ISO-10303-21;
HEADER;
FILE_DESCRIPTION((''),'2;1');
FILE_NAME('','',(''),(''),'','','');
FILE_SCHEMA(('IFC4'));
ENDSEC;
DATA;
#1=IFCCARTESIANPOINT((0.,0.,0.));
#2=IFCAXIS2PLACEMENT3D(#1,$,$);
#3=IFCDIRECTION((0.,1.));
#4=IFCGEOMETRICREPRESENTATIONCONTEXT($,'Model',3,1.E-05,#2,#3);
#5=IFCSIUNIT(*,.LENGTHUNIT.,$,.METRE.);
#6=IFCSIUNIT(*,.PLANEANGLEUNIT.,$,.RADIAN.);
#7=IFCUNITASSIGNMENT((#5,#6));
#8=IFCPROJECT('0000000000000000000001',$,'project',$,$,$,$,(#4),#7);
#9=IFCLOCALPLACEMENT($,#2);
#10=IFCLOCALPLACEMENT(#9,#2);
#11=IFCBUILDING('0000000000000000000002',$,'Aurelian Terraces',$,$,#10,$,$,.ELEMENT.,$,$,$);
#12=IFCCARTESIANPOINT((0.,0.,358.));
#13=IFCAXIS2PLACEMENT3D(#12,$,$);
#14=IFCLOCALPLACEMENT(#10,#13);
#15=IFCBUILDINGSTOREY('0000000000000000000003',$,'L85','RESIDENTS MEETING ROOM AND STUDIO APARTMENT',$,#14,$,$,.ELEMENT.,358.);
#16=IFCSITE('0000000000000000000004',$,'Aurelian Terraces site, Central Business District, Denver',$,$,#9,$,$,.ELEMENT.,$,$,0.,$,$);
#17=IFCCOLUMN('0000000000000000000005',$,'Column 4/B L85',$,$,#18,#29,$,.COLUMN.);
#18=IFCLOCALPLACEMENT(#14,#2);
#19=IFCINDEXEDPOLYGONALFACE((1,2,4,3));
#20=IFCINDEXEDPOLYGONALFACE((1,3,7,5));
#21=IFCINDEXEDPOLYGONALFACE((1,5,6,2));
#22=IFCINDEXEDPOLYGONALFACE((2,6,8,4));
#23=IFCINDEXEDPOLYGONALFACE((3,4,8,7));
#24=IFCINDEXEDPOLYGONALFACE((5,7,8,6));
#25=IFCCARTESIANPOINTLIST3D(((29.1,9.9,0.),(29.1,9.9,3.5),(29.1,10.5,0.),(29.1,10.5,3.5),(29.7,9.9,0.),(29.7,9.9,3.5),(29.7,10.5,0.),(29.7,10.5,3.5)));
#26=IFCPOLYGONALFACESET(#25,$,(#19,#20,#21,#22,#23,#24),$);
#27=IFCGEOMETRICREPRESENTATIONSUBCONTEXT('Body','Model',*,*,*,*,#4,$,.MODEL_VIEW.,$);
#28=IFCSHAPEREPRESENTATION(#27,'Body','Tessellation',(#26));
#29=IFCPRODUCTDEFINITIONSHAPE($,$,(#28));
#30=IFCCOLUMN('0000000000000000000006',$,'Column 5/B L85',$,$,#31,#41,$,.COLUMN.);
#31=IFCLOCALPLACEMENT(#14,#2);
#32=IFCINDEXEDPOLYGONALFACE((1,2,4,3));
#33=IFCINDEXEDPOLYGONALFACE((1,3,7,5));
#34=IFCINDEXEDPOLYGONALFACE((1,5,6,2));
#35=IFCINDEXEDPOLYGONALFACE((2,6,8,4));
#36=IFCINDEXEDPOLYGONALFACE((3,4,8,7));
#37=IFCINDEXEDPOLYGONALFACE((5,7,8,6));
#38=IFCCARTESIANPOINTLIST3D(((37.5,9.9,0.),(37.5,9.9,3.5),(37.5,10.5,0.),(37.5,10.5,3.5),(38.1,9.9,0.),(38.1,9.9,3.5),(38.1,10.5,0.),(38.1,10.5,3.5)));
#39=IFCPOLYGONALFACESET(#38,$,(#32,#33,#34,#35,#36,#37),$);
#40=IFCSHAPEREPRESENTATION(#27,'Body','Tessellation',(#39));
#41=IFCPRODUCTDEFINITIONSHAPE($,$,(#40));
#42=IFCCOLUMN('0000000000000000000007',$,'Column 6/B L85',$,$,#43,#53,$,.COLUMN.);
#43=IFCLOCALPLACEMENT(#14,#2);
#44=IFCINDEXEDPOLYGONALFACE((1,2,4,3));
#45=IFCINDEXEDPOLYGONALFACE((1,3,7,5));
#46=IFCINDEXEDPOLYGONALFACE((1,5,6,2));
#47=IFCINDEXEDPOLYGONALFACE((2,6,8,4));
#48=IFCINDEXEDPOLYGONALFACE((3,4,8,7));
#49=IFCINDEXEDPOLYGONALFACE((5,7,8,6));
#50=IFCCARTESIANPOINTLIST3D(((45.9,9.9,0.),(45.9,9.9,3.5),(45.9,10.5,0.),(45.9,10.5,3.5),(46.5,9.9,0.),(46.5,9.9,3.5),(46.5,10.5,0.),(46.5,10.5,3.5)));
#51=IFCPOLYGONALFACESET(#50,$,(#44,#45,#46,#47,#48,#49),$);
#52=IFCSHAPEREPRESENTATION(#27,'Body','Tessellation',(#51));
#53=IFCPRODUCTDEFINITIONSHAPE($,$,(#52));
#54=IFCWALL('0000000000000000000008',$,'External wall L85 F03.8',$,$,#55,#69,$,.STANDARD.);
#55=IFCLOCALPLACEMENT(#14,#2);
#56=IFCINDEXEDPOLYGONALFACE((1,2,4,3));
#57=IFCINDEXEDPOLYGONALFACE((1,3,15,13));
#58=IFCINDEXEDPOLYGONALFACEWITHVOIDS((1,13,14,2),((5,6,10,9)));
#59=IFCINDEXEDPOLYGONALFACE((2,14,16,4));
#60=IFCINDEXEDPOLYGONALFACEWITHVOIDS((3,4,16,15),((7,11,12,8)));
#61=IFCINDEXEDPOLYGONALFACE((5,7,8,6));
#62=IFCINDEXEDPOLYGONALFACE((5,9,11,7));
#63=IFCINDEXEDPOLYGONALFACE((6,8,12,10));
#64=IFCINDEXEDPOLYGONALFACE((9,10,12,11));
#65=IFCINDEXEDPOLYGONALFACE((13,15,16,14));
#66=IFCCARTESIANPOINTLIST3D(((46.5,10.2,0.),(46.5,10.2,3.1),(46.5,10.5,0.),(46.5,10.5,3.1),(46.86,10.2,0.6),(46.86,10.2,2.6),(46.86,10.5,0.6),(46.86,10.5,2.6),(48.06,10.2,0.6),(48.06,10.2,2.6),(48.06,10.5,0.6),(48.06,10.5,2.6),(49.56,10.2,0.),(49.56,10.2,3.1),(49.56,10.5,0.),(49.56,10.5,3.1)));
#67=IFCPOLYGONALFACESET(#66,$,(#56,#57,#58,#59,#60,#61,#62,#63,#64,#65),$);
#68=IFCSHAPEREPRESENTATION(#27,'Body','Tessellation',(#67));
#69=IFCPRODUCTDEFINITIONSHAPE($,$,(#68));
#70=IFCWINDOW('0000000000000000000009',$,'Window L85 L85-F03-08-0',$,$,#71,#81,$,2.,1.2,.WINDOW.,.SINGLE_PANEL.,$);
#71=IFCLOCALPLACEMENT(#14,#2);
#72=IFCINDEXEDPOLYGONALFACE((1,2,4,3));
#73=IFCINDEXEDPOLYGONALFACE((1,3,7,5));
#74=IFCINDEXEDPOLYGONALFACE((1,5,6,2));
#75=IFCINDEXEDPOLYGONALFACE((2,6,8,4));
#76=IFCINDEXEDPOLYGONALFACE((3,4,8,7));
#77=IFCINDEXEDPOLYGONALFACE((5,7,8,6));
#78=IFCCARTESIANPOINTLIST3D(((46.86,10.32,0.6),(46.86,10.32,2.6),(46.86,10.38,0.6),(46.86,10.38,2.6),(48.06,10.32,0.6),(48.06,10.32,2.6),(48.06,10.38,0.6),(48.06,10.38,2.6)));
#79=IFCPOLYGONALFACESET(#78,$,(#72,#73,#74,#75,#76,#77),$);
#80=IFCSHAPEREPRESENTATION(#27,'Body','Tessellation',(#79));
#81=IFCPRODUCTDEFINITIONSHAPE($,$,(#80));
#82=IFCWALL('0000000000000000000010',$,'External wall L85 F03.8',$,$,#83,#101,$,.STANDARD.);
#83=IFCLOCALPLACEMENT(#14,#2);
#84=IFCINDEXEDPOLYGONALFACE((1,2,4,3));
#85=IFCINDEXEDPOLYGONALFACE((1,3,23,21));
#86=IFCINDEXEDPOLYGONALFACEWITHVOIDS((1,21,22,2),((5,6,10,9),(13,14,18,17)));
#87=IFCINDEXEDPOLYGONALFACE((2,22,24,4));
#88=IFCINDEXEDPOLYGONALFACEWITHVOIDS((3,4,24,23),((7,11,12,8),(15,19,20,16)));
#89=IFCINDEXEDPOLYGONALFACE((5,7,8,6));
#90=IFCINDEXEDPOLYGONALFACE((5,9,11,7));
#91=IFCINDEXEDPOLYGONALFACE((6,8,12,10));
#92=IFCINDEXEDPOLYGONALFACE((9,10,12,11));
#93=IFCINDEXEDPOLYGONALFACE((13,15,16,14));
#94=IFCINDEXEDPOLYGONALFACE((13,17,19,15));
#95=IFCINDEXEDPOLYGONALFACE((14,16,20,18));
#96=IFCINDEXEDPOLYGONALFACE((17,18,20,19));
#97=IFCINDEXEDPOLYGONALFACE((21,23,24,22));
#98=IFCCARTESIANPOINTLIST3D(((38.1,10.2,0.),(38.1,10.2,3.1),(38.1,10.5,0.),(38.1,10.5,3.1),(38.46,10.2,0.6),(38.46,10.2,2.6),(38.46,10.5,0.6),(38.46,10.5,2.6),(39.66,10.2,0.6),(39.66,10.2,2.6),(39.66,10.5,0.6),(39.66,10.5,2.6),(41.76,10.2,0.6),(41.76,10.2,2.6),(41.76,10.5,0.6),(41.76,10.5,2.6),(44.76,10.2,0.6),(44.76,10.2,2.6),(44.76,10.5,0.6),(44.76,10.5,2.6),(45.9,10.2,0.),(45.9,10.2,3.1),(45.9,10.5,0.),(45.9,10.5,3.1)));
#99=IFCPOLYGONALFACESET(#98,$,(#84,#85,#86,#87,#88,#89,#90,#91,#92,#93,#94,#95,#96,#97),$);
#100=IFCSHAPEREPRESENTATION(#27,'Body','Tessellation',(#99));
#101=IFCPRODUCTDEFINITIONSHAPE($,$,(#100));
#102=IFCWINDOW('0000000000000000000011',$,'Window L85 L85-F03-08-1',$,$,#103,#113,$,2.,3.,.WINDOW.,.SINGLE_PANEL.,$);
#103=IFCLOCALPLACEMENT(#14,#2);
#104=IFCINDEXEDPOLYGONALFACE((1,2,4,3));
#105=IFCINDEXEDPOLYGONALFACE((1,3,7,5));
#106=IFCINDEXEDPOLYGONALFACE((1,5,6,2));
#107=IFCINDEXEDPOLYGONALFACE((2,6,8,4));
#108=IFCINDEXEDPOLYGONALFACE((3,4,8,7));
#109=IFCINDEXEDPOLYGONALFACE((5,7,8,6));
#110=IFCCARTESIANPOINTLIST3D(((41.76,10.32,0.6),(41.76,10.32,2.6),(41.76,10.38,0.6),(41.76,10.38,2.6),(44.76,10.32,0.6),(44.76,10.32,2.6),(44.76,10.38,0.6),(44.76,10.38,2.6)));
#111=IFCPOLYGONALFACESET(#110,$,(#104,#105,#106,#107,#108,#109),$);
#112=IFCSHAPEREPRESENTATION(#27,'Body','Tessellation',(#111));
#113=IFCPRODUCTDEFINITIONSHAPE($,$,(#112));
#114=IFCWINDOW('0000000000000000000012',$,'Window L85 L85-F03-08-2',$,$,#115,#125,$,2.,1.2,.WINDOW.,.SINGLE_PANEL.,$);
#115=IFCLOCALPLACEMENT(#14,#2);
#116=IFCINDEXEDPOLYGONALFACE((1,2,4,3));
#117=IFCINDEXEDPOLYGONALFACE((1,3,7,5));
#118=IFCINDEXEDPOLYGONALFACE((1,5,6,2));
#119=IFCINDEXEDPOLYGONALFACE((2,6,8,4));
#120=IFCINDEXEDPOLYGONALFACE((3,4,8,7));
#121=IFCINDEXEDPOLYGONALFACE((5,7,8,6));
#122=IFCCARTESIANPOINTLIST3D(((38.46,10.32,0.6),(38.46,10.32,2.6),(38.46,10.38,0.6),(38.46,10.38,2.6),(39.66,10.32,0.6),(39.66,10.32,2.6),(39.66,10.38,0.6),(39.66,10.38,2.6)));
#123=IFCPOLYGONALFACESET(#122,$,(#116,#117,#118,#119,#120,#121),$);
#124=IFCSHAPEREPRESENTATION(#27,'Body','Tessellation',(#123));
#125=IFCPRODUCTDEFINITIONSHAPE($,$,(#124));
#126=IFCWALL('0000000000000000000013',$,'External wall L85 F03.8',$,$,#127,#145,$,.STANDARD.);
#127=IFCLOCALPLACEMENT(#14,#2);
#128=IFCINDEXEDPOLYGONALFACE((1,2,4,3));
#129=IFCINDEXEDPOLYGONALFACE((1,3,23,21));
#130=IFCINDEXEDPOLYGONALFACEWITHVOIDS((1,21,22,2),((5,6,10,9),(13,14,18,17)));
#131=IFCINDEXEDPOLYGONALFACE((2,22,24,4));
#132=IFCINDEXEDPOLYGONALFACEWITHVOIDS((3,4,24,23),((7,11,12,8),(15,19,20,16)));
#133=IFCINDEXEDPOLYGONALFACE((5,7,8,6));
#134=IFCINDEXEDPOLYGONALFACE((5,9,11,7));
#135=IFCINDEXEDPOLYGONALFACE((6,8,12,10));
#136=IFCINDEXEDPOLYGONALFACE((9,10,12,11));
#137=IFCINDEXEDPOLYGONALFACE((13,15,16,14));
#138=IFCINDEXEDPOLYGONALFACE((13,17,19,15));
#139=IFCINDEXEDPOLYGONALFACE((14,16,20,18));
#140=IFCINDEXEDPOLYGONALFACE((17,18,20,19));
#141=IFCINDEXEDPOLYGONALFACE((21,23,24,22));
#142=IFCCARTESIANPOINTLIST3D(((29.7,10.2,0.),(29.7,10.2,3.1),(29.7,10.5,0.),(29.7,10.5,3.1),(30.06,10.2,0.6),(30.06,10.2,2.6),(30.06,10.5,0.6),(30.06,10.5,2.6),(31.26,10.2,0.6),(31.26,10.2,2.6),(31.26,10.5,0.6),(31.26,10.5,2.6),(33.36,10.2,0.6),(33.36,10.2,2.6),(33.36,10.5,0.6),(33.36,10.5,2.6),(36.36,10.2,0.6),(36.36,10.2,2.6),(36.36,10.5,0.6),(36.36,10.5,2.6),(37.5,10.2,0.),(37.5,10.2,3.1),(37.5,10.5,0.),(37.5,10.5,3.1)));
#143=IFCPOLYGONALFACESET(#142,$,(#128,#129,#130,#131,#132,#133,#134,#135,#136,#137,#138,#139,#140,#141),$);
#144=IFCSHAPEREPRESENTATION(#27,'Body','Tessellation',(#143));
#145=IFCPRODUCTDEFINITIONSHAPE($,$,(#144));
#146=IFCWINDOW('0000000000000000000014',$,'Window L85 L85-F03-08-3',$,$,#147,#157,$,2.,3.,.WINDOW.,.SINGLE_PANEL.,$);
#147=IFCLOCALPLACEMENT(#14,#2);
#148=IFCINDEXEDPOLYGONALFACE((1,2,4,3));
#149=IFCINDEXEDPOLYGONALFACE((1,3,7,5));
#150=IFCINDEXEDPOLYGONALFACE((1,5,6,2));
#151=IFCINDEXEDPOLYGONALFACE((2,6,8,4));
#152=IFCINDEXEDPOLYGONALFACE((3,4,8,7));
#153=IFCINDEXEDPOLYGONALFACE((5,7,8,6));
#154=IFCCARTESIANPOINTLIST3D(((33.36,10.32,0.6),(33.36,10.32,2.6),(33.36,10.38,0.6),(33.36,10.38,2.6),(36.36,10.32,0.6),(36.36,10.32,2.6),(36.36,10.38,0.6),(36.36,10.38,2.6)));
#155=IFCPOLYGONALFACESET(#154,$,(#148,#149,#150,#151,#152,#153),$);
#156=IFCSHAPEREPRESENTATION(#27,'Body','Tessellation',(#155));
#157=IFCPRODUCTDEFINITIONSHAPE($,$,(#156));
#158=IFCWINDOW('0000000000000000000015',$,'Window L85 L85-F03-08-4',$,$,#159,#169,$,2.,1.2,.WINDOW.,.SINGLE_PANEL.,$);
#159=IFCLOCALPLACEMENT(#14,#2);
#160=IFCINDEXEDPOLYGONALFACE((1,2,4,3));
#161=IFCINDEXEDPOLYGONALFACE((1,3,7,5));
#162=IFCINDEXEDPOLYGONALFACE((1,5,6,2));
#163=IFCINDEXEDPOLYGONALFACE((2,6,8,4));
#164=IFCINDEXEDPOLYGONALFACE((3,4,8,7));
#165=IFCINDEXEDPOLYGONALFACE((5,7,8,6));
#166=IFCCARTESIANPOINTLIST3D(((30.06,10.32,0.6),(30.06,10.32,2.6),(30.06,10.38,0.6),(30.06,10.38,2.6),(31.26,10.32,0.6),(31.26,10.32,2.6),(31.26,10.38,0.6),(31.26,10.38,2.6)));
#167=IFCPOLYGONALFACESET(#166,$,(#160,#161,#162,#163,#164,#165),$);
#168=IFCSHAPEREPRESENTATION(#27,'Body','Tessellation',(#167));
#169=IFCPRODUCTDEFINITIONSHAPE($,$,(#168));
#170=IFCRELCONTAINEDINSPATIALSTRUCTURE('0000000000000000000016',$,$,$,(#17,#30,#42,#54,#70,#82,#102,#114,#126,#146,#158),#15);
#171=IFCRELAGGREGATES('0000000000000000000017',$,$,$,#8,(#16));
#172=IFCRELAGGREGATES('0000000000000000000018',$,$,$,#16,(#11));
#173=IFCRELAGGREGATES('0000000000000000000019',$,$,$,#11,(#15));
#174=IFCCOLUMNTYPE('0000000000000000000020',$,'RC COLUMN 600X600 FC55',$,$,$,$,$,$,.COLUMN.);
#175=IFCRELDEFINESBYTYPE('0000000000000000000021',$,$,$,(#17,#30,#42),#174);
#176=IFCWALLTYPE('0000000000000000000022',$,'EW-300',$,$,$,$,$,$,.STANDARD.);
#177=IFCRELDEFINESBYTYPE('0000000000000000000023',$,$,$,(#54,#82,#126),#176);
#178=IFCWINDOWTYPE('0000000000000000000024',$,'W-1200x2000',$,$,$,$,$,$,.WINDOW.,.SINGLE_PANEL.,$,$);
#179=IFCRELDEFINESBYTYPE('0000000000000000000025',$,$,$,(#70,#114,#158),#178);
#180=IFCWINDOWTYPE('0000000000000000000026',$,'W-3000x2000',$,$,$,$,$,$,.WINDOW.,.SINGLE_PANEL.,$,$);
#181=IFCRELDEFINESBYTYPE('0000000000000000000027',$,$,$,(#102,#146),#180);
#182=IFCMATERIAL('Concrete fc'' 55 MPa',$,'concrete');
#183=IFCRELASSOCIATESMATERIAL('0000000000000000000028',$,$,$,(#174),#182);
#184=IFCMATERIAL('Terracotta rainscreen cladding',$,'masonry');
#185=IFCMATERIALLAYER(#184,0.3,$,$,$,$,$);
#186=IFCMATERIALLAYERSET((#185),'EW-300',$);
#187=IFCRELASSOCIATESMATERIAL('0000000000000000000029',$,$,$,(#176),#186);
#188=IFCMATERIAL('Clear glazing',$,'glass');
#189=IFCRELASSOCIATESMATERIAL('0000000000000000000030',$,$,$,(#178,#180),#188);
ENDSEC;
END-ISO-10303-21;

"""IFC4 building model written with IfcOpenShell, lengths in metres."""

from ifc_helpers import new_model, si_unit, direction, frame, frame_2d, origin, origin_2d, place, context, subcontext, project, spatial, rectangle, extrude, source, transform, mapped, material, layer, layer_set, material_profile, profile_set, type_object, element, fill, save


model = new_model("IFC4")

# Units and contexts
model_context = context("Model", 3, precision=1e-05, world=origin(), true_north=direction((0.0, 1.0)))
body_context = subcontext(model_context, "Body", "Model", "MODEL_VIEW")
ifc_project = project(units=[si_unit("LENGTHUNIT", "METRE"), si_unit("PLANEANGLEUNIT", "RADIAN")], contexts=[model_context])

# Site, building, storey
site_placement = place(None, origin())
site = spatial("IfcSite", under=ifc_project, at=site_placement, Name="Aurelian Terraces site, Central Business District, Denver", CompositionType="ELEMENT", RefElevation=0.0)
building_placement = place(site_placement, origin())
building = spatial("IfcBuilding", under=site, at=building_placement, Name="Aurelian Terraces", CompositionType="ELEMENT")
storey_placement = place(building_placement, frame((0.0, 0.0, 358.0)))
storey = spatial("IfcBuildingStorey", under=building, at=storey_placement, Name="L85", Description="RESIDENTS MEETING ROOM AND STUDIO APARTMENT", CompositionType="ELEMENT", Elevation=358.0)

# Columns
ifc_material_1 = material(Name="Concrete fc' 55 MPa", Category="concrete")
ifc_material_profile = material_profile(ifc_material_1, rectangle(XDim=0.6, YDim=0.6, at=origin_2d()))
ifc_profile_set = profile_set([ifc_material_profile], Name="Concrete fc' 55 MPa")
column_type = type_object("IfcColumnType", Name="RC COLUMN 600X600 FC55", PredefinedType="COLUMN", material=ifc_profile_set)
shared_shape_1 = source(origin(), body_context, "Body", "SweptSolid", [
    extrude(rectangle(XDim=0.6, YDim=0.6, at=origin_2d()), origin(), (0.0, 0.0, 1.0), 3.5),
])
for number, where, z_axis, x_axis, name in (
    (1, (29.4, 10.2, 0.0), (0.0, 0.0, 1.0), (1.0, 0.0, 0.0), "Column 4/B L85"),
    (2, (37.8, 10.2, 0.0), (0.0, 0.0, 1.0), (1.0, 0.0, 0.0), "Column 5/B L85"),
    (3, (46.2, 10.2, 0.0), (0.0, 0.0, 1.0), (1.0, 0.0, 0.0), "Column 6/B L85"),
):
    element("IfcColumn", number, at=place(storey_placement, frame(where, z_axis=z_axis, x_axis=x_axis)), inside=storey, type_object=column_type, Name=name, PredefinedType="COLUMN", context=body_context, shape_type="MappedRepresentation", body=[
        mapped(shared_shape_1, transform((0.0, 0.0, 0.0), scale=1.0)),
    ])

# Wall, opening, window
ifc_material_2 = material(Name="Terracotta rainscreen cladding", Category="masonry")
ifc_layer_1 = layer(ifc_material_2, 0.3)
ifc_layer_set_1 = layer_set([ifc_layer_1], Name="EW-300")
wall_type_1 = type_object("IfcWallType", Name="EW-300", PredefinedType="STANDARD", material=ifc_layer_set_1)
shared_shape_2 = source(origin(), body_context, "Body", "SweptSolid", [
    extrude(rectangle(XDim=3.06, YDim=0.3, at=frame_2d((1.53, 0.0))), origin(), (0.0, 0.0, 1.0), 3.1),
])
wall_1_placement = place(storey_placement, frame((49.56, 10.35, 0.0), z_axis=(0.0, 0.0, 1.0), x_axis=(-1.0, 0.0, 0.0)))
wall_1 = element("IfcWall", 4, at=wall_1_placement, inside=storey, type_object=wall_type_1, Name="External wall L85 F03.8", PredefinedType="STANDARD", context=body_context, shape_type="MappedRepresentation", body=[
    mapped(shared_shape_2, transform((0.0, 0.0, 0.0), scale=1.0)),
])
shared_shape_3 = source(origin(), body_context, "Body", "SweptSolid", [
    extrude(rectangle(XDim=1.2, YDim=2.0, at=frame_2d((0.6, 1.0))), frame((0.0, 0.16, 0.0), z_axis=(0.0, -1.0, 0.0), x_axis=(1.0, 0.0, 0.0)), (0.0, 0.0, 1.0), 0.32),
])
opening_1_placement = place(wall_1_placement, frame((1.5, 0.0, 0.6)))
opening_1 = element("IfcOpeningElement", 5, at=opening_1_placement, cuts=wall_1, PredefinedType="OPENING", context=body_context, shape_type="MappedRepresentation", body=[
    mapped(shared_shape_3, transform((0.0, 0.0, 0.0), scale=1.0)),
])
ifc_material_3 = material(Name="Clear glazing", Category="glass")
window_type_1 = type_object("IfcWindowType", Name="W-1200x2000", PartitioningType="SINGLE_PANEL", PredefinedType="WINDOW", material=ifc_material_3)
shared_shape_4 = source(origin(), body_context, "Body", "SweptSolid", [
    extrude(rectangle(XDim=1.2, YDim=2.0, at=frame_2d((0.6, 1.0))), frame((0.0, 0.03, 0.0), z_axis=(0.0, -1.0, 0.0), x_axis=(1.0, 0.0, 0.0)), (0.0, 0.0, 1.0), 0.06),
])
window_1_placement = place(opening_1_placement, origin())
window_1 = element("IfcWindow", 6, at=window_1_placement, inside=storey, type_object=window_type_1, Name="Window L85 L85-F03-08-0", OverallHeight=2.0, OverallWidth=1.2, PartitioningType="SINGLE_PANEL", PredefinedType="WINDOW", context=body_context, shape_type="MappedRepresentation", body=[
    mapped(shared_shape_4, transform((0.0, 0.0, 0.0), scale=1.0)),
])
fill(opening_1, window_1)

# Walls, openings, windows
shared_shape_5 = source(origin(), body_context, "Body", "SweptSolid", [
    extrude(rectangle(XDim=7.8, YDim=0.3, at=frame_2d((3.9, 0.0))), origin(), (0.0, 0.0, 1.0), 3.1),
])
wall_2_placement = place(storey_placement, frame((45.9, 10.35, 0.0), z_axis=(0.0, 0.0, 1.0), x_axis=(-1.0, 0.0, 0.0)))
wall_2 = element("IfcWall", 7, at=wall_2_placement, inside=storey, type_object=wall_type_1, Name="External wall L85 F03.8", PredefinedType="STANDARD", context=body_context, shape_type="MappedRepresentation", body=[
    mapped(shared_shape_5, transform((0.0, 0.0, 0.0), scale=1.0)),
])
shared_shape_6 = source(origin(), body_context, "Body", "SweptSolid", [
    extrude(rectangle(XDim=3.0, YDim=2.0, at=frame_2d((1.5, 1.0))), frame((0.0, 0.16, 0.0), z_axis=(0.0, -1.0, 0.0), x_axis=(1.0, 0.0, 0.0)), (0.0, 0.0, 1.0), 0.32),
])
opening_2_placement = place(wall_2_placement, frame((1.14, 0.0, 0.6)))
opening_2 = element("IfcOpeningElement", 8, at=opening_2_placement, cuts=wall_2, PredefinedType="OPENING", context=body_context, shape_type="MappedRepresentation", body=[
    mapped(shared_shape_6, transform((0.0, 0.0, 0.0), scale=1.0)),
])
opening_3_placement = place(wall_2_placement, frame((6.24, 0.0, 0.6)))
opening_3 = element("IfcOpeningElement", 9, at=opening_3_placement, cuts=wall_2, PredefinedType="OPENING", context=body_context, shape_type="MappedRepresentation", body=[
    mapped(shared_shape_3, transform((0.0, 0.0, 0.0), scale=1.0)),
])
window_type_2 = type_object("IfcWindowType", Name="W-3000x2000", PartitioningType="SINGLE_PANEL", PredefinedType="WINDOW", material=ifc_material_3)
shared_shape_7 = source(origin(), body_context, "Body", "SweptSolid", [
    extrude(rectangle(XDim=3.0, YDim=2.0, at=frame_2d((1.5, 1.0))), frame((0.0, 0.03, 0.0), z_axis=(0.0, -1.0, 0.0), x_axis=(1.0, 0.0, 0.0)), (0.0, 0.0, 1.0), 0.06),
])
window_2_placement = place(opening_2_placement, origin())
window_2 = element("IfcWindow", 10, at=window_2_placement, inside=storey, type_object=window_type_2, Name="Window L85 L85-F03-08-1", OverallHeight=2.0, OverallWidth=3.0, PartitioningType="SINGLE_PANEL", PredefinedType="WINDOW", context=body_context, shape_type="MappedRepresentation", body=[
    mapped(shared_shape_7, transform((0.0, 0.0, 0.0), scale=1.0)),
])
fill(opening_2, window_2)
window_3_placement = place(opening_3_placement, origin())
window_3 = element("IfcWindow", 11, at=window_3_placement, inside=storey, type_object=window_type_1, Name="Window L85 L85-F03-08-2", OverallHeight=2.0, OverallWidth=1.2, PartitioningType="SINGLE_PANEL", PredefinedType="WINDOW", context=body_context, shape_type="MappedRepresentation", body=[
    mapped(shared_shape_4, transform((0.0, 0.0, 0.0), scale=1.0)),
])
fill(opening_3, window_3)
wall_3_placement = place(storey_placement, frame((37.5, 10.35, 0.0), z_axis=(0.0, 0.0, 1.0), x_axis=(-1.0, 0.0, 0.0)))
wall_3 = element("IfcWall", 12, at=wall_3_placement, inside=storey, type_object=wall_type_1, Name="External wall L85 F03.8", PredefinedType="STANDARD", context=body_context, shape_type="MappedRepresentation", body=[
    mapped(shared_shape_5, transform((0.0, 0.0, 0.0), scale=1.0)),
])
opening_4_placement = place(wall_3_placement, frame((1.14, 0.0, 0.6)))
opening_4 = element("IfcOpeningElement", 13, at=opening_4_placement, cuts=wall_3, PredefinedType="OPENING", context=body_context, shape_type="MappedRepresentation", body=[
    mapped(shared_shape_6, transform((0.0, 0.0, 0.0), scale=1.0)),
])
opening_5_placement = place(wall_3_placement, frame((6.24, 0.0, 0.6)))
opening_5 = element("IfcOpeningElement", 14, at=opening_5_placement, cuts=wall_3, PredefinedType="OPENING", context=body_context, shape_type="MappedRepresentation", body=[
    mapped(shared_shape_3, transform((0.0, 0.0, 0.0), scale=1.0)),
])
window_4_placement = place(opening_4_placement, origin())
window_4 = element("IfcWindow", 15, at=window_4_placement, inside=storey, type_object=window_type_2, Name="Window L85 L85-F03-08-3", OverallHeight=2.0, OverallWidth=3.0, PartitioningType="SINGLE_PANEL", PredefinedType="WINDOW", context=body_context, shape_type="MappedRepresentation", body=[
    mapped(shared_shape_7, transform((0.0, 0.0, 0.0), scale=1.0)),
])
fill(opening_4, window_4)
window_5_placement = place(opening_5_placement, origin())
window_5 = element("IfcWindow", 16, at=window_5_placement, inside=storey, type_object=window_type_1, Name="Window L85 L85-F03-08-4", OverallHeight=2.0, OverallWidth=1.2, PartitioningType="SINGLE_PANEL", PredefinedType="WINDOW", context=body_context, shape_type="MappedRepresentation", body=[
    mapped(shared_shape_4, transform((0.0, 0.0, 0.0), scale=1.0)),
])
fill(opening_5, window_5)

save(model, "model.ifc")
